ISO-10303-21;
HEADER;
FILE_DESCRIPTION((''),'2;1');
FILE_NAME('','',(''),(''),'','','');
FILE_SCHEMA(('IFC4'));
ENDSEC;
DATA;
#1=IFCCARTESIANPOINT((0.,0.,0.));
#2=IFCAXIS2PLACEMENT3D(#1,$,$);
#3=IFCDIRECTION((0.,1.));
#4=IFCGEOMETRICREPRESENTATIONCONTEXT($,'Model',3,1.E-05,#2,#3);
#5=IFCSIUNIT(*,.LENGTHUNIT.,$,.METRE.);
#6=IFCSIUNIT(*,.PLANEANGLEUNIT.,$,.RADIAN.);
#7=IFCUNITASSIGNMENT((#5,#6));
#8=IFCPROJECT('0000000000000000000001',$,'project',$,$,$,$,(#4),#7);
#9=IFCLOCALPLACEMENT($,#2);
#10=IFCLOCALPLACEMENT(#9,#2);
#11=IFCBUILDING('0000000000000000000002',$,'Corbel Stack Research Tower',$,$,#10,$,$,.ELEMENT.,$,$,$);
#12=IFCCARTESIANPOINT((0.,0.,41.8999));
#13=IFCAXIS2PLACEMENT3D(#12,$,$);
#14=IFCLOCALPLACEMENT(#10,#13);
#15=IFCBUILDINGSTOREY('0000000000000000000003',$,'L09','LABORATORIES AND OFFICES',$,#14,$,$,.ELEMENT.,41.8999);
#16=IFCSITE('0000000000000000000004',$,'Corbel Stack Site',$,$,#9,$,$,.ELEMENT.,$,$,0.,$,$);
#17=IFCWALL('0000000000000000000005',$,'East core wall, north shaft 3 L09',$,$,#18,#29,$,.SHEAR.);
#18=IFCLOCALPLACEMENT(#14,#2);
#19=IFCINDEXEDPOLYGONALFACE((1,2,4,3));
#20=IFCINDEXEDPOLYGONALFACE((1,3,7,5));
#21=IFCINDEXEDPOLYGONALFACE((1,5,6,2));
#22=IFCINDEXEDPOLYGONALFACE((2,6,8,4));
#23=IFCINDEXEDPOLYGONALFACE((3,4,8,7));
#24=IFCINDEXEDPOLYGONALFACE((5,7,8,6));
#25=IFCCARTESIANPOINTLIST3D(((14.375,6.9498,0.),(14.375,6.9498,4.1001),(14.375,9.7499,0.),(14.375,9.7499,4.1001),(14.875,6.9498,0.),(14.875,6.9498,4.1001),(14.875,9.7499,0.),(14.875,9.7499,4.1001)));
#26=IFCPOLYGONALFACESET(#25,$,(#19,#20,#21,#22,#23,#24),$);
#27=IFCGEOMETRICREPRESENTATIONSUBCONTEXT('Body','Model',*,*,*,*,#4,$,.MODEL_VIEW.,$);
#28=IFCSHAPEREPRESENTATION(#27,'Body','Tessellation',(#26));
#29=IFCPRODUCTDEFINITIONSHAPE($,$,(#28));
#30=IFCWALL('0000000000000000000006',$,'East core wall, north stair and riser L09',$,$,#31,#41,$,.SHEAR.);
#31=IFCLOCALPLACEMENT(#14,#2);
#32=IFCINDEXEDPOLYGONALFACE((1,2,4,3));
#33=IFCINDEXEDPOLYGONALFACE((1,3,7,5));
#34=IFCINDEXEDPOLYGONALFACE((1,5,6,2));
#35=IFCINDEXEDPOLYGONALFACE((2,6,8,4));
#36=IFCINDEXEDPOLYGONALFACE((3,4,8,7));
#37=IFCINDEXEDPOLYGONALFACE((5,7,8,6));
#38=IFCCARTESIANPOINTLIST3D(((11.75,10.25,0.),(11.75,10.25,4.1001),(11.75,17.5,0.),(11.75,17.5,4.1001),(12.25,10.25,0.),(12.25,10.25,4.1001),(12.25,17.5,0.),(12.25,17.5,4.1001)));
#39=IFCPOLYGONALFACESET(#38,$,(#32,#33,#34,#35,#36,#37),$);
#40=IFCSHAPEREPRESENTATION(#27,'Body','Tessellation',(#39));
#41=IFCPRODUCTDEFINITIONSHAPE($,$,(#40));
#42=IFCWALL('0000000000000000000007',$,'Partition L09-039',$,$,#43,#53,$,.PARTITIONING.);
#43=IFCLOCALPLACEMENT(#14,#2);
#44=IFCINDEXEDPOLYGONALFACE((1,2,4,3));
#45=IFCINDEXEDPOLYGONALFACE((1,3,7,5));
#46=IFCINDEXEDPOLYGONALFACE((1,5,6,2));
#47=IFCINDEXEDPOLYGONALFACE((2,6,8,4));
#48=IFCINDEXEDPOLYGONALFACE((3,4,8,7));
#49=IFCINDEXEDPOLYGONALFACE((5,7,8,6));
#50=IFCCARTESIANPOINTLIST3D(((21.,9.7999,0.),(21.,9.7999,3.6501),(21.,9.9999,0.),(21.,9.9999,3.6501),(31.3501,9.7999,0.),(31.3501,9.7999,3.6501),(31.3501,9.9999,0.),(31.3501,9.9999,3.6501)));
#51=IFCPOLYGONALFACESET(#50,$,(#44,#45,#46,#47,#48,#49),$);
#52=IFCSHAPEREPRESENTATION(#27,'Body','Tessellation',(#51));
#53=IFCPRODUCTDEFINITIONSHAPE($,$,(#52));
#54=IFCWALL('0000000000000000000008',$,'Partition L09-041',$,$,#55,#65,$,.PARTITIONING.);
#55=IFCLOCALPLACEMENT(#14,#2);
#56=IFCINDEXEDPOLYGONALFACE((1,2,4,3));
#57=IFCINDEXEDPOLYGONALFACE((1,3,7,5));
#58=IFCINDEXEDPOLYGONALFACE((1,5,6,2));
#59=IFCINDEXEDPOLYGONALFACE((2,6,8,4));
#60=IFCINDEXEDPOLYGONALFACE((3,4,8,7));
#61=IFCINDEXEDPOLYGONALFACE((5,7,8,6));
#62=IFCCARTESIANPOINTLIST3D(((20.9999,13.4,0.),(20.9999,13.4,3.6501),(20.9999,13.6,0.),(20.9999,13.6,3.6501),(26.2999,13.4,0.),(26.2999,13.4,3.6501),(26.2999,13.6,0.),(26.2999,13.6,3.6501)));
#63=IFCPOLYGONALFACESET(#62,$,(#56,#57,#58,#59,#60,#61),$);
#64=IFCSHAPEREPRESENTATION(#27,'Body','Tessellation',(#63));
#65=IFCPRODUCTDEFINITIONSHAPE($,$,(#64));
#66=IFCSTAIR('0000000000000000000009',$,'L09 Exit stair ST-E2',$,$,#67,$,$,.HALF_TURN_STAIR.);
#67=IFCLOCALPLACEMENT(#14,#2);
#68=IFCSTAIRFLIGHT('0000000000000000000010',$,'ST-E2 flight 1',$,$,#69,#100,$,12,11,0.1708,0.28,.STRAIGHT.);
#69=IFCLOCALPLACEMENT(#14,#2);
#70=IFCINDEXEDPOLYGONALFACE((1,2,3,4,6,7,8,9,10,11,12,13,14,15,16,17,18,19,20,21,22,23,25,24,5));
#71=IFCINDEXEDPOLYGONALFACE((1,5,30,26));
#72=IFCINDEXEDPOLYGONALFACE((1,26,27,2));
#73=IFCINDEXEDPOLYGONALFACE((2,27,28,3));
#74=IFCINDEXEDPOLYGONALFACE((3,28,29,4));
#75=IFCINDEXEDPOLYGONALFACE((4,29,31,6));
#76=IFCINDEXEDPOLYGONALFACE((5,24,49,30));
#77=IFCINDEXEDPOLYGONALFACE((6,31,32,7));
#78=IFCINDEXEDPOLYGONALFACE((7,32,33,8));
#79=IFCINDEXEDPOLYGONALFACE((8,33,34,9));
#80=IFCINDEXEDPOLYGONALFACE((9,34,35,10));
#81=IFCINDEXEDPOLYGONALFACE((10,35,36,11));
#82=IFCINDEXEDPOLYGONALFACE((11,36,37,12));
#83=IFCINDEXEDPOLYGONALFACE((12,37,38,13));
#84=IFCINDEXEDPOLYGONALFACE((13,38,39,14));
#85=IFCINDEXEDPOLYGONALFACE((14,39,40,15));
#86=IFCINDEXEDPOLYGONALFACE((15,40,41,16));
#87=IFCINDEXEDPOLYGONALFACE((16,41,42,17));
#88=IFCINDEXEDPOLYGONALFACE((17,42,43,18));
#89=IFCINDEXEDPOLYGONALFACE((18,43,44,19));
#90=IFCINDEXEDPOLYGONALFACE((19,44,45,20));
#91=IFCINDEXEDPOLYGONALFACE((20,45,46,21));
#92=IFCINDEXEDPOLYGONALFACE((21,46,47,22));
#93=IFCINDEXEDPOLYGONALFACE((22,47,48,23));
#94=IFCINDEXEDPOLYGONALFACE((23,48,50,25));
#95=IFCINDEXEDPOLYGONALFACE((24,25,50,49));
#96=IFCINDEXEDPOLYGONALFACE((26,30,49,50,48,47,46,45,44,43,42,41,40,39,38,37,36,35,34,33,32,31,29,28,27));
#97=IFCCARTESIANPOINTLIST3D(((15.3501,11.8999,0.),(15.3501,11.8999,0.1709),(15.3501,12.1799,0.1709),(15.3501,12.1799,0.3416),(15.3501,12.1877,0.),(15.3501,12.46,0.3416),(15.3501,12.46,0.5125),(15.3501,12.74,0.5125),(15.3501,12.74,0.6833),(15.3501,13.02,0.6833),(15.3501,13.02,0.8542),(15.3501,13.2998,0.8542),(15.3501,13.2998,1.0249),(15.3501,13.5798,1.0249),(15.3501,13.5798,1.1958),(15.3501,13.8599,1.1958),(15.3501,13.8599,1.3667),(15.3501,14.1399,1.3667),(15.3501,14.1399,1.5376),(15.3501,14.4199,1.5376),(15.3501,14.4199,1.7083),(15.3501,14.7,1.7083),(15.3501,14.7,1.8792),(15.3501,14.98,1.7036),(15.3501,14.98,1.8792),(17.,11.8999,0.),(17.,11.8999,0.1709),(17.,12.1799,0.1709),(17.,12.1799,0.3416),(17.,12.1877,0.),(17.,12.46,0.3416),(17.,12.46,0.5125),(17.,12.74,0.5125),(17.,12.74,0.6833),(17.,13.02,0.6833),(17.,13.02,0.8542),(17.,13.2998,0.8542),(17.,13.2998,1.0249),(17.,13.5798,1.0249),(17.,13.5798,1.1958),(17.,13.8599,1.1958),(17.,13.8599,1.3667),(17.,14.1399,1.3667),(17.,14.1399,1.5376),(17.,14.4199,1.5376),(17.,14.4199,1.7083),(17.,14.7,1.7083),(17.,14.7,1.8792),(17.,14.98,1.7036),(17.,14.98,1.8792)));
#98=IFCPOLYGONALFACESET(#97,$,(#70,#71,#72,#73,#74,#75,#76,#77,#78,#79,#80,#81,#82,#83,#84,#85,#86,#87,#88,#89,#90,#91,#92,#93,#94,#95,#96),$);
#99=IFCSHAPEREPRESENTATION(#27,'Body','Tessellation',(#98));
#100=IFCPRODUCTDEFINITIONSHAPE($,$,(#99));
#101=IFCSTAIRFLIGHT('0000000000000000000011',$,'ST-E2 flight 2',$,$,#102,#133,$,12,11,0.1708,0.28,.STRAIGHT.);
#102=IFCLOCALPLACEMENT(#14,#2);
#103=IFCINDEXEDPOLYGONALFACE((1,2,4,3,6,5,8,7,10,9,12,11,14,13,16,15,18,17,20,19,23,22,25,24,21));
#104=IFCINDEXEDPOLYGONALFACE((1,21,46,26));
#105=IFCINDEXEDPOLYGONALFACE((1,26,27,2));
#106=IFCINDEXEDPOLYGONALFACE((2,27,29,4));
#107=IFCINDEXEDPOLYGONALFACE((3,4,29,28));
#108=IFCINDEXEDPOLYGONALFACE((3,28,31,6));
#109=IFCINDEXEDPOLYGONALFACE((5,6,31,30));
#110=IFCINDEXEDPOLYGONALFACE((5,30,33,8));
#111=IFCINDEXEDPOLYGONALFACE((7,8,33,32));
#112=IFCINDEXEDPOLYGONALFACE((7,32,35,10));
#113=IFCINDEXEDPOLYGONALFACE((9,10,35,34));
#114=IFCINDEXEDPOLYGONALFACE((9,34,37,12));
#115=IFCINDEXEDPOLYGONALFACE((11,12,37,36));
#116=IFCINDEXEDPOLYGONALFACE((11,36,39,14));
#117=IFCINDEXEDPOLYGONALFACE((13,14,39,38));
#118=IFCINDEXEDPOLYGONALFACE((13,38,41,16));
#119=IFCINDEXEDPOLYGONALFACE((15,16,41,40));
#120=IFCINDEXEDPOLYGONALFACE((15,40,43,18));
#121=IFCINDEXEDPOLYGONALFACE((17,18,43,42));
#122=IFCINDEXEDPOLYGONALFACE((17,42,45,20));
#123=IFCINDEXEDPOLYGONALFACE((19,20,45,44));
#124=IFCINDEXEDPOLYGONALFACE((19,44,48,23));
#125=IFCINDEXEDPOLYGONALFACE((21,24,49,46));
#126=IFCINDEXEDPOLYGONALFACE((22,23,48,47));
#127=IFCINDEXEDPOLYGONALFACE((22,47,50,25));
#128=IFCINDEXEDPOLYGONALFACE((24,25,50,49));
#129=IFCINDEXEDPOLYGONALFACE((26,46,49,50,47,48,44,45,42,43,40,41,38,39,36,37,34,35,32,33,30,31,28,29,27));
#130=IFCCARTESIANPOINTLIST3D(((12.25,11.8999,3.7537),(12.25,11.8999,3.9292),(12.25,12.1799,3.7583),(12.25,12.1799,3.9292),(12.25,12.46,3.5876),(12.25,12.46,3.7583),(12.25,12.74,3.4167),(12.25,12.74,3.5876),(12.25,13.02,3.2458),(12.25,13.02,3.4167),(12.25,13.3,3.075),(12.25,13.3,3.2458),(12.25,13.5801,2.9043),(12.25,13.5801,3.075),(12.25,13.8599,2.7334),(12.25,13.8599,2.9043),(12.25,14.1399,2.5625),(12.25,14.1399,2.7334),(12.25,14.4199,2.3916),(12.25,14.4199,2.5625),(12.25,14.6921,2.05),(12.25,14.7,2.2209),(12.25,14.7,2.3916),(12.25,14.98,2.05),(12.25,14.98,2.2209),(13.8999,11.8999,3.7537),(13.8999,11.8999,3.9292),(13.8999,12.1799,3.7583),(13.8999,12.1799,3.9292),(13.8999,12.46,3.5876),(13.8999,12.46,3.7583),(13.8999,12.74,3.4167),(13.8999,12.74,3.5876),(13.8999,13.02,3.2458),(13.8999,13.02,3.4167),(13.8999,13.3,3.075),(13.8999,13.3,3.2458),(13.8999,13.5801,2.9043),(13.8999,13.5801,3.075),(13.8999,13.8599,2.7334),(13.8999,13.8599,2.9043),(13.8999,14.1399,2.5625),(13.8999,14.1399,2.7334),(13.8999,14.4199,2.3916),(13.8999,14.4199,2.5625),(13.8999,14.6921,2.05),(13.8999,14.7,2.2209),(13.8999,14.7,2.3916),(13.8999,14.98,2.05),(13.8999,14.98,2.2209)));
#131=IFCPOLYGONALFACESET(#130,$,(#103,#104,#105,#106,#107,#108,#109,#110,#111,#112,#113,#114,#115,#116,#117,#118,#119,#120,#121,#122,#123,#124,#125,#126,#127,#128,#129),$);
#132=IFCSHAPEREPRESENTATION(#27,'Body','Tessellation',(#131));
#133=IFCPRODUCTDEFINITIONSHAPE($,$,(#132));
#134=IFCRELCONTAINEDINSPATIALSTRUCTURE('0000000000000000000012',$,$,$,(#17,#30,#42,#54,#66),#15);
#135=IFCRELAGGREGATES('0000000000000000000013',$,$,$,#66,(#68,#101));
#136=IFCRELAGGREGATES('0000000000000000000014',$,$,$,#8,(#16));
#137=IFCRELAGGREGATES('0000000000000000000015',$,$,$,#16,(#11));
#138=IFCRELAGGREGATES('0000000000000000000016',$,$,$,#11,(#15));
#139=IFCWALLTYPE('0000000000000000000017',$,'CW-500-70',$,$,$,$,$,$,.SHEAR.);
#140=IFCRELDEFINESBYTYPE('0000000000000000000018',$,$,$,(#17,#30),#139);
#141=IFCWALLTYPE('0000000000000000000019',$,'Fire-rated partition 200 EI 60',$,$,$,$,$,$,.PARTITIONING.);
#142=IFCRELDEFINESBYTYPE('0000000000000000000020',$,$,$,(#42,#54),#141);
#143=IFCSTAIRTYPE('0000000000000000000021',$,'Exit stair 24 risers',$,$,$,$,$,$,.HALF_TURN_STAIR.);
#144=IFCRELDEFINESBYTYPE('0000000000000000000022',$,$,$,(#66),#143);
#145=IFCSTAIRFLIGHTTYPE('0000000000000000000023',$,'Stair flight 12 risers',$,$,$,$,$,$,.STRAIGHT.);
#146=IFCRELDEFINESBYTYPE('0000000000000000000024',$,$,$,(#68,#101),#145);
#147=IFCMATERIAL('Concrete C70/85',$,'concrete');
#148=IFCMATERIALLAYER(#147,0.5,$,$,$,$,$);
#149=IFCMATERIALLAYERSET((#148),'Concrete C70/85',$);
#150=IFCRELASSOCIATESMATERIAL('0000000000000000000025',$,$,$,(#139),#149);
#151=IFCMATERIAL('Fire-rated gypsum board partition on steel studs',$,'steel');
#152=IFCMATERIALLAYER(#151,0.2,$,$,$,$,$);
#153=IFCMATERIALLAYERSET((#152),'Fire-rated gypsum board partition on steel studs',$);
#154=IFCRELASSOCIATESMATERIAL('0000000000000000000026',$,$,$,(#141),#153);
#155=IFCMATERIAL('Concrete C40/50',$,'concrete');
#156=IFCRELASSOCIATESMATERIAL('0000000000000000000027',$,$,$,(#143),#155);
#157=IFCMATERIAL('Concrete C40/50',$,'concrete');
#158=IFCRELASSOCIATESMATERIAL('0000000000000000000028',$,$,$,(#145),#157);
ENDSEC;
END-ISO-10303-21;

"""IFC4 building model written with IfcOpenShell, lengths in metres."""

from ifc_helpers import new_model, si_unit, direction, frame, frame_2d, origin, place, context, subcontext, project, spatial, polyline, rectangle, outline, extrude, material, layer, layer_set, type_object, element, aggregate, save


model = new_model("IFC4")

# Units and contexts
model_context = context("Model", 3, precision=1e-05, world=origin(), true_north=direction((0.0, 1.0)))
body_context = subcontext(model_context, "Body", "Model", "MODEL_VIEW")
ifc_project = project(units=[si_unit("LENGTHUNIT", "METRE"), si_unit("PLANEANGLEUNIT", "RADIAN")], contexts=[model_context])

# Site, building, storey
site_placement = place(None, origin())
site = spatial("IfcSite", under=ifc_project, at=site_placement, Name="Corbel Stack Site", CompositionType="ELEMENT", RefElevation=0.0)
building_placement = place(site_placement, origin())
building = spatial("IfcBuilding", under=site, at=building_placement, Name="Corbel Stack Research Tower", CompositionType="ELEMENT")
storey_placement = place(building_placement, frame((0.0, 0.0, 41.8999)))
storey = spatial("IfcBuildingStorey", under=building, at=storey_placement, Name="L09", Description="LABORATORIES AND OFFICES", CompositionType="ELEMENT", Elevation=41.8999)

# Walls
ifc_material_1 = material(Name="Concrete C70/85", Category="concrete")
ifc_layer_1 = layer(ifc_material_1, 0.5)
ifc_layer_set_1 = layer_set([ifc_layer_1], Name="Concrete C70/85")
wall_type_1 = type_object("IfcWallType", Name="CW-500-70", PredefinedType="SHEAR", material=ifc_layer_set_1)
wall_1_placement = place(storey_placement, frame((14.625, 6.95, 0.0), z_axis=(0.0, 0.0, 1.0), x_axis=(0.0, 1.0, 0.0)))
element("IfcWall", 1, at=wall_1_placement, inside=storey, type_object=wall_type_1, Name="East core wall, north shaft 3 L09", PredefinedType="SHEAR", context=body_context, shape_type="SweptSolid", body=[
    extrude(rectangle(XDim=2.8, YDim=0.5, at=frame_2d((1.3999, 0.0))), origin(), (0.0, 0.0, 1.0), 4.1001),
])
wall_2_placement = place(storey_placement, frame((12.0, 10.25, 0.0), z_axis=(0.0, 0.0, 1.0), x_axis=(0.0, 1.0, 0.0)))
element("IfcWall", 2, at=wall_2_placement, inside=storey, type_object=wall_type_1, Name="East core wall, north stair and riser L09", PredefinedType="SHEAR", context=body_context, shape_type="SweptSolid", body=[
    extrude(rectangle(XDim=7.25, YDim=0.5, at=frame_2d((3.625, 0.0))), origin(), (0.0, 0.0, 1.0), 4.1001),
])
ifc_material_2 = material(Name="Fire-rated gypsum board partition on steel studs", Category="steel")
ifc_layer_2 = layer(ifc_material_2, 0.2)
ifc_layer_set_2 = layer_set([ifc_layer_2], Name="Fire-rated gypsum board partition on steel studs")
wall_type_2 = type_object("IfcWallType", Name="Fire-rated partition 200 EI 60", PredefinedType="PARTITIONING", material=ifc_layer_set_2)
wall_3_placement = place(storey_placement, frame((21.0, 9.8999, 0.0), z_axis=(0.0, 0.0, 1.0), x_axis=(1.0, 0.0, 0.0)))
element("IfcWall", 3, at=wall_3_placement, inside=storey, type_object=wall_type_2, Name="Partition L09-039", PredefinedType="PARTITIONING", context=body_context, shape_type="SweptSolid", body=[
    extrude(rectangle(XDim=10.3501, YDim=0.2, at=frame_2d((5.175, 0.0))), origin(), (0.0, 0.0, 1.0), 3.6501),
])
wall_4_placement = place(storey_placement, frame((21.0, 13.5, 0.0), z_axis=(0.0, 0.0, 1.0), x_axis=(1.0, 0.0, 0.0)))
element("IfcWall", 4, at=wall_4_placement, inside=storey, type_object=wall_type_2, Name="Partition L09-041", PredefinedType="PARTITIONING", context=body_context, shape_type="SweptSolid", body=[
    extrude(rectangle(XDim=5.3, YDim=0.2, at=frame_2d((2.6499, 0.0))), origin(), (0.0, 0.0, 1.0), 3.6501),
])

# Stair, stair flights
ifc_material_3 = material(Name="Concrete C40/50", Category="concrete")
stair_type = type_object("IfcStairType", Name="Exit stair 24 risers", PredefinedType="HALF_TURN_STAIR", material=ifc_material_3)
stair_placement = place(storey_placement, origin())
stair = element("IfcStair", 5, at=stair_placement, inside=storey, type_object=stair_type, Name="L09 Exit stair ST-E2", PredefinedType="HALF_TURN_STAIR")
ifc_material_4 = material(Name="Concrete C40/50", Category="concrete")
stair_flight_type = type_object("IfcStairFlightType", Name="Stair flight 12 risers", PredefinedType="STRAIGHT", material=ifc_material_4)
stair_flight_1_placement = place(storey_placement, frame((16.175, 11.8999, 0.0), z_axis=(0.0, 0.0, 1.0), x_axis=(0.0, 1.0, 0.0)))
stair_flight_1 = element("IfcStairFlight", 6, at=stair_flight_1_placement, type_object=stair_flight_type, Name="ST-E2 flight 1", NumberOfRisers=12, NumberOfTreads=11, PredefinedType="STRAIGHT", RiserHeight=0.1708, TreadLength=0.28, context=body_context, shape_type="SweptSolid", body=[
    extrude(outline(polyline([(0.0, 0.0), (0.0, 0.1709), (0.28, 0.1709), (0.28, 0.3416), (0.5601, 0.3416), (0.5601, 0.5125), (0.8401, 0.5125), (0.8401, 0.6833), (1.1201, 0.6833), (1.1201, 0.8542), (1.3999, 0.8542), (1.3999, 1.0249), (1.6799, 1.0249), (1.6799, 1.1958), (1.96, 1.1958), (1.96, 1.3667), (2.24, 1.3667), (2.24, 1.5376), (2.52, 1.5376), (2.52, 1.7083), (2.8, 1.7083), (2.8, 1.8792), (3.0801, 1.8792), (3.0801, 2.05), (3.0801, 1.7036), (0.2878, 0.0), (0.0, 0.0)])), frame((0.0, 0.825, 0.0), z_axis=(0.0, -1.0, 0.0), x_axis=(1.0, 0.0, 0.0)), (0.0, 0.0, 1.0), 1.6499),
])
stair_flight_2_placement = place(storey_placement, frame((13.075, 14.98, 2.05), z_axis=(0.0, 0.0, 1.0), x_axis=(0.0, -1.0, 0.0)))
stair_flight_2 = element("IfcStairFlight", 7, at=stair_flight_2_placement, type_object=stair_flight_type, Name="ST-E2 flight 2", NumberOfRisers=12, NumberOfTreads=11, PredefinedType="STRAIGHT", RiserHeight=0.1708, TreadLength=0.28, context=body_context, shape_type="SweptSolid", body=[
    extrude(outline(polyline([(0.0, 0.0), (0.0, 0.1709), (0.28, 0.1709), (0.28, 0.3416), (0.5601, 0.3416), (0.5601, 0.5125), (0.8401, 0.5125), (0.8401, 0.6833), (1.1201, 0.6833), (1.1201, 0.8542), (1.3999, 0.8542), (1.3999, 1.0249), (1.6799, 1.0249), (1.6799, 1.1958), (1.96, 1.1958), (1.96, 1.3667), (2.24, 1.3667), (2.24, 1.5376), (2.52, 1.5376), (2.52, 1.7083), (2.8, 1.7083), (2.8, 1.8792), (3.0801, 1.8792), (3.0801, 2.05), (3.0801, 1.7036), (0.2878, 0.0), (0.0, 0.0)])), frame((0.0, 0.825, 0.0), z_axis=(0.0, -1.0, 0.0), x_axis=(1.0, 0.0, 0.0)), (0.0, 0.0, 1.0), 1.6499),
])
aggregate(stair, [stair_flight_1, stair_flight_2])

save(model, "model.ifc")
